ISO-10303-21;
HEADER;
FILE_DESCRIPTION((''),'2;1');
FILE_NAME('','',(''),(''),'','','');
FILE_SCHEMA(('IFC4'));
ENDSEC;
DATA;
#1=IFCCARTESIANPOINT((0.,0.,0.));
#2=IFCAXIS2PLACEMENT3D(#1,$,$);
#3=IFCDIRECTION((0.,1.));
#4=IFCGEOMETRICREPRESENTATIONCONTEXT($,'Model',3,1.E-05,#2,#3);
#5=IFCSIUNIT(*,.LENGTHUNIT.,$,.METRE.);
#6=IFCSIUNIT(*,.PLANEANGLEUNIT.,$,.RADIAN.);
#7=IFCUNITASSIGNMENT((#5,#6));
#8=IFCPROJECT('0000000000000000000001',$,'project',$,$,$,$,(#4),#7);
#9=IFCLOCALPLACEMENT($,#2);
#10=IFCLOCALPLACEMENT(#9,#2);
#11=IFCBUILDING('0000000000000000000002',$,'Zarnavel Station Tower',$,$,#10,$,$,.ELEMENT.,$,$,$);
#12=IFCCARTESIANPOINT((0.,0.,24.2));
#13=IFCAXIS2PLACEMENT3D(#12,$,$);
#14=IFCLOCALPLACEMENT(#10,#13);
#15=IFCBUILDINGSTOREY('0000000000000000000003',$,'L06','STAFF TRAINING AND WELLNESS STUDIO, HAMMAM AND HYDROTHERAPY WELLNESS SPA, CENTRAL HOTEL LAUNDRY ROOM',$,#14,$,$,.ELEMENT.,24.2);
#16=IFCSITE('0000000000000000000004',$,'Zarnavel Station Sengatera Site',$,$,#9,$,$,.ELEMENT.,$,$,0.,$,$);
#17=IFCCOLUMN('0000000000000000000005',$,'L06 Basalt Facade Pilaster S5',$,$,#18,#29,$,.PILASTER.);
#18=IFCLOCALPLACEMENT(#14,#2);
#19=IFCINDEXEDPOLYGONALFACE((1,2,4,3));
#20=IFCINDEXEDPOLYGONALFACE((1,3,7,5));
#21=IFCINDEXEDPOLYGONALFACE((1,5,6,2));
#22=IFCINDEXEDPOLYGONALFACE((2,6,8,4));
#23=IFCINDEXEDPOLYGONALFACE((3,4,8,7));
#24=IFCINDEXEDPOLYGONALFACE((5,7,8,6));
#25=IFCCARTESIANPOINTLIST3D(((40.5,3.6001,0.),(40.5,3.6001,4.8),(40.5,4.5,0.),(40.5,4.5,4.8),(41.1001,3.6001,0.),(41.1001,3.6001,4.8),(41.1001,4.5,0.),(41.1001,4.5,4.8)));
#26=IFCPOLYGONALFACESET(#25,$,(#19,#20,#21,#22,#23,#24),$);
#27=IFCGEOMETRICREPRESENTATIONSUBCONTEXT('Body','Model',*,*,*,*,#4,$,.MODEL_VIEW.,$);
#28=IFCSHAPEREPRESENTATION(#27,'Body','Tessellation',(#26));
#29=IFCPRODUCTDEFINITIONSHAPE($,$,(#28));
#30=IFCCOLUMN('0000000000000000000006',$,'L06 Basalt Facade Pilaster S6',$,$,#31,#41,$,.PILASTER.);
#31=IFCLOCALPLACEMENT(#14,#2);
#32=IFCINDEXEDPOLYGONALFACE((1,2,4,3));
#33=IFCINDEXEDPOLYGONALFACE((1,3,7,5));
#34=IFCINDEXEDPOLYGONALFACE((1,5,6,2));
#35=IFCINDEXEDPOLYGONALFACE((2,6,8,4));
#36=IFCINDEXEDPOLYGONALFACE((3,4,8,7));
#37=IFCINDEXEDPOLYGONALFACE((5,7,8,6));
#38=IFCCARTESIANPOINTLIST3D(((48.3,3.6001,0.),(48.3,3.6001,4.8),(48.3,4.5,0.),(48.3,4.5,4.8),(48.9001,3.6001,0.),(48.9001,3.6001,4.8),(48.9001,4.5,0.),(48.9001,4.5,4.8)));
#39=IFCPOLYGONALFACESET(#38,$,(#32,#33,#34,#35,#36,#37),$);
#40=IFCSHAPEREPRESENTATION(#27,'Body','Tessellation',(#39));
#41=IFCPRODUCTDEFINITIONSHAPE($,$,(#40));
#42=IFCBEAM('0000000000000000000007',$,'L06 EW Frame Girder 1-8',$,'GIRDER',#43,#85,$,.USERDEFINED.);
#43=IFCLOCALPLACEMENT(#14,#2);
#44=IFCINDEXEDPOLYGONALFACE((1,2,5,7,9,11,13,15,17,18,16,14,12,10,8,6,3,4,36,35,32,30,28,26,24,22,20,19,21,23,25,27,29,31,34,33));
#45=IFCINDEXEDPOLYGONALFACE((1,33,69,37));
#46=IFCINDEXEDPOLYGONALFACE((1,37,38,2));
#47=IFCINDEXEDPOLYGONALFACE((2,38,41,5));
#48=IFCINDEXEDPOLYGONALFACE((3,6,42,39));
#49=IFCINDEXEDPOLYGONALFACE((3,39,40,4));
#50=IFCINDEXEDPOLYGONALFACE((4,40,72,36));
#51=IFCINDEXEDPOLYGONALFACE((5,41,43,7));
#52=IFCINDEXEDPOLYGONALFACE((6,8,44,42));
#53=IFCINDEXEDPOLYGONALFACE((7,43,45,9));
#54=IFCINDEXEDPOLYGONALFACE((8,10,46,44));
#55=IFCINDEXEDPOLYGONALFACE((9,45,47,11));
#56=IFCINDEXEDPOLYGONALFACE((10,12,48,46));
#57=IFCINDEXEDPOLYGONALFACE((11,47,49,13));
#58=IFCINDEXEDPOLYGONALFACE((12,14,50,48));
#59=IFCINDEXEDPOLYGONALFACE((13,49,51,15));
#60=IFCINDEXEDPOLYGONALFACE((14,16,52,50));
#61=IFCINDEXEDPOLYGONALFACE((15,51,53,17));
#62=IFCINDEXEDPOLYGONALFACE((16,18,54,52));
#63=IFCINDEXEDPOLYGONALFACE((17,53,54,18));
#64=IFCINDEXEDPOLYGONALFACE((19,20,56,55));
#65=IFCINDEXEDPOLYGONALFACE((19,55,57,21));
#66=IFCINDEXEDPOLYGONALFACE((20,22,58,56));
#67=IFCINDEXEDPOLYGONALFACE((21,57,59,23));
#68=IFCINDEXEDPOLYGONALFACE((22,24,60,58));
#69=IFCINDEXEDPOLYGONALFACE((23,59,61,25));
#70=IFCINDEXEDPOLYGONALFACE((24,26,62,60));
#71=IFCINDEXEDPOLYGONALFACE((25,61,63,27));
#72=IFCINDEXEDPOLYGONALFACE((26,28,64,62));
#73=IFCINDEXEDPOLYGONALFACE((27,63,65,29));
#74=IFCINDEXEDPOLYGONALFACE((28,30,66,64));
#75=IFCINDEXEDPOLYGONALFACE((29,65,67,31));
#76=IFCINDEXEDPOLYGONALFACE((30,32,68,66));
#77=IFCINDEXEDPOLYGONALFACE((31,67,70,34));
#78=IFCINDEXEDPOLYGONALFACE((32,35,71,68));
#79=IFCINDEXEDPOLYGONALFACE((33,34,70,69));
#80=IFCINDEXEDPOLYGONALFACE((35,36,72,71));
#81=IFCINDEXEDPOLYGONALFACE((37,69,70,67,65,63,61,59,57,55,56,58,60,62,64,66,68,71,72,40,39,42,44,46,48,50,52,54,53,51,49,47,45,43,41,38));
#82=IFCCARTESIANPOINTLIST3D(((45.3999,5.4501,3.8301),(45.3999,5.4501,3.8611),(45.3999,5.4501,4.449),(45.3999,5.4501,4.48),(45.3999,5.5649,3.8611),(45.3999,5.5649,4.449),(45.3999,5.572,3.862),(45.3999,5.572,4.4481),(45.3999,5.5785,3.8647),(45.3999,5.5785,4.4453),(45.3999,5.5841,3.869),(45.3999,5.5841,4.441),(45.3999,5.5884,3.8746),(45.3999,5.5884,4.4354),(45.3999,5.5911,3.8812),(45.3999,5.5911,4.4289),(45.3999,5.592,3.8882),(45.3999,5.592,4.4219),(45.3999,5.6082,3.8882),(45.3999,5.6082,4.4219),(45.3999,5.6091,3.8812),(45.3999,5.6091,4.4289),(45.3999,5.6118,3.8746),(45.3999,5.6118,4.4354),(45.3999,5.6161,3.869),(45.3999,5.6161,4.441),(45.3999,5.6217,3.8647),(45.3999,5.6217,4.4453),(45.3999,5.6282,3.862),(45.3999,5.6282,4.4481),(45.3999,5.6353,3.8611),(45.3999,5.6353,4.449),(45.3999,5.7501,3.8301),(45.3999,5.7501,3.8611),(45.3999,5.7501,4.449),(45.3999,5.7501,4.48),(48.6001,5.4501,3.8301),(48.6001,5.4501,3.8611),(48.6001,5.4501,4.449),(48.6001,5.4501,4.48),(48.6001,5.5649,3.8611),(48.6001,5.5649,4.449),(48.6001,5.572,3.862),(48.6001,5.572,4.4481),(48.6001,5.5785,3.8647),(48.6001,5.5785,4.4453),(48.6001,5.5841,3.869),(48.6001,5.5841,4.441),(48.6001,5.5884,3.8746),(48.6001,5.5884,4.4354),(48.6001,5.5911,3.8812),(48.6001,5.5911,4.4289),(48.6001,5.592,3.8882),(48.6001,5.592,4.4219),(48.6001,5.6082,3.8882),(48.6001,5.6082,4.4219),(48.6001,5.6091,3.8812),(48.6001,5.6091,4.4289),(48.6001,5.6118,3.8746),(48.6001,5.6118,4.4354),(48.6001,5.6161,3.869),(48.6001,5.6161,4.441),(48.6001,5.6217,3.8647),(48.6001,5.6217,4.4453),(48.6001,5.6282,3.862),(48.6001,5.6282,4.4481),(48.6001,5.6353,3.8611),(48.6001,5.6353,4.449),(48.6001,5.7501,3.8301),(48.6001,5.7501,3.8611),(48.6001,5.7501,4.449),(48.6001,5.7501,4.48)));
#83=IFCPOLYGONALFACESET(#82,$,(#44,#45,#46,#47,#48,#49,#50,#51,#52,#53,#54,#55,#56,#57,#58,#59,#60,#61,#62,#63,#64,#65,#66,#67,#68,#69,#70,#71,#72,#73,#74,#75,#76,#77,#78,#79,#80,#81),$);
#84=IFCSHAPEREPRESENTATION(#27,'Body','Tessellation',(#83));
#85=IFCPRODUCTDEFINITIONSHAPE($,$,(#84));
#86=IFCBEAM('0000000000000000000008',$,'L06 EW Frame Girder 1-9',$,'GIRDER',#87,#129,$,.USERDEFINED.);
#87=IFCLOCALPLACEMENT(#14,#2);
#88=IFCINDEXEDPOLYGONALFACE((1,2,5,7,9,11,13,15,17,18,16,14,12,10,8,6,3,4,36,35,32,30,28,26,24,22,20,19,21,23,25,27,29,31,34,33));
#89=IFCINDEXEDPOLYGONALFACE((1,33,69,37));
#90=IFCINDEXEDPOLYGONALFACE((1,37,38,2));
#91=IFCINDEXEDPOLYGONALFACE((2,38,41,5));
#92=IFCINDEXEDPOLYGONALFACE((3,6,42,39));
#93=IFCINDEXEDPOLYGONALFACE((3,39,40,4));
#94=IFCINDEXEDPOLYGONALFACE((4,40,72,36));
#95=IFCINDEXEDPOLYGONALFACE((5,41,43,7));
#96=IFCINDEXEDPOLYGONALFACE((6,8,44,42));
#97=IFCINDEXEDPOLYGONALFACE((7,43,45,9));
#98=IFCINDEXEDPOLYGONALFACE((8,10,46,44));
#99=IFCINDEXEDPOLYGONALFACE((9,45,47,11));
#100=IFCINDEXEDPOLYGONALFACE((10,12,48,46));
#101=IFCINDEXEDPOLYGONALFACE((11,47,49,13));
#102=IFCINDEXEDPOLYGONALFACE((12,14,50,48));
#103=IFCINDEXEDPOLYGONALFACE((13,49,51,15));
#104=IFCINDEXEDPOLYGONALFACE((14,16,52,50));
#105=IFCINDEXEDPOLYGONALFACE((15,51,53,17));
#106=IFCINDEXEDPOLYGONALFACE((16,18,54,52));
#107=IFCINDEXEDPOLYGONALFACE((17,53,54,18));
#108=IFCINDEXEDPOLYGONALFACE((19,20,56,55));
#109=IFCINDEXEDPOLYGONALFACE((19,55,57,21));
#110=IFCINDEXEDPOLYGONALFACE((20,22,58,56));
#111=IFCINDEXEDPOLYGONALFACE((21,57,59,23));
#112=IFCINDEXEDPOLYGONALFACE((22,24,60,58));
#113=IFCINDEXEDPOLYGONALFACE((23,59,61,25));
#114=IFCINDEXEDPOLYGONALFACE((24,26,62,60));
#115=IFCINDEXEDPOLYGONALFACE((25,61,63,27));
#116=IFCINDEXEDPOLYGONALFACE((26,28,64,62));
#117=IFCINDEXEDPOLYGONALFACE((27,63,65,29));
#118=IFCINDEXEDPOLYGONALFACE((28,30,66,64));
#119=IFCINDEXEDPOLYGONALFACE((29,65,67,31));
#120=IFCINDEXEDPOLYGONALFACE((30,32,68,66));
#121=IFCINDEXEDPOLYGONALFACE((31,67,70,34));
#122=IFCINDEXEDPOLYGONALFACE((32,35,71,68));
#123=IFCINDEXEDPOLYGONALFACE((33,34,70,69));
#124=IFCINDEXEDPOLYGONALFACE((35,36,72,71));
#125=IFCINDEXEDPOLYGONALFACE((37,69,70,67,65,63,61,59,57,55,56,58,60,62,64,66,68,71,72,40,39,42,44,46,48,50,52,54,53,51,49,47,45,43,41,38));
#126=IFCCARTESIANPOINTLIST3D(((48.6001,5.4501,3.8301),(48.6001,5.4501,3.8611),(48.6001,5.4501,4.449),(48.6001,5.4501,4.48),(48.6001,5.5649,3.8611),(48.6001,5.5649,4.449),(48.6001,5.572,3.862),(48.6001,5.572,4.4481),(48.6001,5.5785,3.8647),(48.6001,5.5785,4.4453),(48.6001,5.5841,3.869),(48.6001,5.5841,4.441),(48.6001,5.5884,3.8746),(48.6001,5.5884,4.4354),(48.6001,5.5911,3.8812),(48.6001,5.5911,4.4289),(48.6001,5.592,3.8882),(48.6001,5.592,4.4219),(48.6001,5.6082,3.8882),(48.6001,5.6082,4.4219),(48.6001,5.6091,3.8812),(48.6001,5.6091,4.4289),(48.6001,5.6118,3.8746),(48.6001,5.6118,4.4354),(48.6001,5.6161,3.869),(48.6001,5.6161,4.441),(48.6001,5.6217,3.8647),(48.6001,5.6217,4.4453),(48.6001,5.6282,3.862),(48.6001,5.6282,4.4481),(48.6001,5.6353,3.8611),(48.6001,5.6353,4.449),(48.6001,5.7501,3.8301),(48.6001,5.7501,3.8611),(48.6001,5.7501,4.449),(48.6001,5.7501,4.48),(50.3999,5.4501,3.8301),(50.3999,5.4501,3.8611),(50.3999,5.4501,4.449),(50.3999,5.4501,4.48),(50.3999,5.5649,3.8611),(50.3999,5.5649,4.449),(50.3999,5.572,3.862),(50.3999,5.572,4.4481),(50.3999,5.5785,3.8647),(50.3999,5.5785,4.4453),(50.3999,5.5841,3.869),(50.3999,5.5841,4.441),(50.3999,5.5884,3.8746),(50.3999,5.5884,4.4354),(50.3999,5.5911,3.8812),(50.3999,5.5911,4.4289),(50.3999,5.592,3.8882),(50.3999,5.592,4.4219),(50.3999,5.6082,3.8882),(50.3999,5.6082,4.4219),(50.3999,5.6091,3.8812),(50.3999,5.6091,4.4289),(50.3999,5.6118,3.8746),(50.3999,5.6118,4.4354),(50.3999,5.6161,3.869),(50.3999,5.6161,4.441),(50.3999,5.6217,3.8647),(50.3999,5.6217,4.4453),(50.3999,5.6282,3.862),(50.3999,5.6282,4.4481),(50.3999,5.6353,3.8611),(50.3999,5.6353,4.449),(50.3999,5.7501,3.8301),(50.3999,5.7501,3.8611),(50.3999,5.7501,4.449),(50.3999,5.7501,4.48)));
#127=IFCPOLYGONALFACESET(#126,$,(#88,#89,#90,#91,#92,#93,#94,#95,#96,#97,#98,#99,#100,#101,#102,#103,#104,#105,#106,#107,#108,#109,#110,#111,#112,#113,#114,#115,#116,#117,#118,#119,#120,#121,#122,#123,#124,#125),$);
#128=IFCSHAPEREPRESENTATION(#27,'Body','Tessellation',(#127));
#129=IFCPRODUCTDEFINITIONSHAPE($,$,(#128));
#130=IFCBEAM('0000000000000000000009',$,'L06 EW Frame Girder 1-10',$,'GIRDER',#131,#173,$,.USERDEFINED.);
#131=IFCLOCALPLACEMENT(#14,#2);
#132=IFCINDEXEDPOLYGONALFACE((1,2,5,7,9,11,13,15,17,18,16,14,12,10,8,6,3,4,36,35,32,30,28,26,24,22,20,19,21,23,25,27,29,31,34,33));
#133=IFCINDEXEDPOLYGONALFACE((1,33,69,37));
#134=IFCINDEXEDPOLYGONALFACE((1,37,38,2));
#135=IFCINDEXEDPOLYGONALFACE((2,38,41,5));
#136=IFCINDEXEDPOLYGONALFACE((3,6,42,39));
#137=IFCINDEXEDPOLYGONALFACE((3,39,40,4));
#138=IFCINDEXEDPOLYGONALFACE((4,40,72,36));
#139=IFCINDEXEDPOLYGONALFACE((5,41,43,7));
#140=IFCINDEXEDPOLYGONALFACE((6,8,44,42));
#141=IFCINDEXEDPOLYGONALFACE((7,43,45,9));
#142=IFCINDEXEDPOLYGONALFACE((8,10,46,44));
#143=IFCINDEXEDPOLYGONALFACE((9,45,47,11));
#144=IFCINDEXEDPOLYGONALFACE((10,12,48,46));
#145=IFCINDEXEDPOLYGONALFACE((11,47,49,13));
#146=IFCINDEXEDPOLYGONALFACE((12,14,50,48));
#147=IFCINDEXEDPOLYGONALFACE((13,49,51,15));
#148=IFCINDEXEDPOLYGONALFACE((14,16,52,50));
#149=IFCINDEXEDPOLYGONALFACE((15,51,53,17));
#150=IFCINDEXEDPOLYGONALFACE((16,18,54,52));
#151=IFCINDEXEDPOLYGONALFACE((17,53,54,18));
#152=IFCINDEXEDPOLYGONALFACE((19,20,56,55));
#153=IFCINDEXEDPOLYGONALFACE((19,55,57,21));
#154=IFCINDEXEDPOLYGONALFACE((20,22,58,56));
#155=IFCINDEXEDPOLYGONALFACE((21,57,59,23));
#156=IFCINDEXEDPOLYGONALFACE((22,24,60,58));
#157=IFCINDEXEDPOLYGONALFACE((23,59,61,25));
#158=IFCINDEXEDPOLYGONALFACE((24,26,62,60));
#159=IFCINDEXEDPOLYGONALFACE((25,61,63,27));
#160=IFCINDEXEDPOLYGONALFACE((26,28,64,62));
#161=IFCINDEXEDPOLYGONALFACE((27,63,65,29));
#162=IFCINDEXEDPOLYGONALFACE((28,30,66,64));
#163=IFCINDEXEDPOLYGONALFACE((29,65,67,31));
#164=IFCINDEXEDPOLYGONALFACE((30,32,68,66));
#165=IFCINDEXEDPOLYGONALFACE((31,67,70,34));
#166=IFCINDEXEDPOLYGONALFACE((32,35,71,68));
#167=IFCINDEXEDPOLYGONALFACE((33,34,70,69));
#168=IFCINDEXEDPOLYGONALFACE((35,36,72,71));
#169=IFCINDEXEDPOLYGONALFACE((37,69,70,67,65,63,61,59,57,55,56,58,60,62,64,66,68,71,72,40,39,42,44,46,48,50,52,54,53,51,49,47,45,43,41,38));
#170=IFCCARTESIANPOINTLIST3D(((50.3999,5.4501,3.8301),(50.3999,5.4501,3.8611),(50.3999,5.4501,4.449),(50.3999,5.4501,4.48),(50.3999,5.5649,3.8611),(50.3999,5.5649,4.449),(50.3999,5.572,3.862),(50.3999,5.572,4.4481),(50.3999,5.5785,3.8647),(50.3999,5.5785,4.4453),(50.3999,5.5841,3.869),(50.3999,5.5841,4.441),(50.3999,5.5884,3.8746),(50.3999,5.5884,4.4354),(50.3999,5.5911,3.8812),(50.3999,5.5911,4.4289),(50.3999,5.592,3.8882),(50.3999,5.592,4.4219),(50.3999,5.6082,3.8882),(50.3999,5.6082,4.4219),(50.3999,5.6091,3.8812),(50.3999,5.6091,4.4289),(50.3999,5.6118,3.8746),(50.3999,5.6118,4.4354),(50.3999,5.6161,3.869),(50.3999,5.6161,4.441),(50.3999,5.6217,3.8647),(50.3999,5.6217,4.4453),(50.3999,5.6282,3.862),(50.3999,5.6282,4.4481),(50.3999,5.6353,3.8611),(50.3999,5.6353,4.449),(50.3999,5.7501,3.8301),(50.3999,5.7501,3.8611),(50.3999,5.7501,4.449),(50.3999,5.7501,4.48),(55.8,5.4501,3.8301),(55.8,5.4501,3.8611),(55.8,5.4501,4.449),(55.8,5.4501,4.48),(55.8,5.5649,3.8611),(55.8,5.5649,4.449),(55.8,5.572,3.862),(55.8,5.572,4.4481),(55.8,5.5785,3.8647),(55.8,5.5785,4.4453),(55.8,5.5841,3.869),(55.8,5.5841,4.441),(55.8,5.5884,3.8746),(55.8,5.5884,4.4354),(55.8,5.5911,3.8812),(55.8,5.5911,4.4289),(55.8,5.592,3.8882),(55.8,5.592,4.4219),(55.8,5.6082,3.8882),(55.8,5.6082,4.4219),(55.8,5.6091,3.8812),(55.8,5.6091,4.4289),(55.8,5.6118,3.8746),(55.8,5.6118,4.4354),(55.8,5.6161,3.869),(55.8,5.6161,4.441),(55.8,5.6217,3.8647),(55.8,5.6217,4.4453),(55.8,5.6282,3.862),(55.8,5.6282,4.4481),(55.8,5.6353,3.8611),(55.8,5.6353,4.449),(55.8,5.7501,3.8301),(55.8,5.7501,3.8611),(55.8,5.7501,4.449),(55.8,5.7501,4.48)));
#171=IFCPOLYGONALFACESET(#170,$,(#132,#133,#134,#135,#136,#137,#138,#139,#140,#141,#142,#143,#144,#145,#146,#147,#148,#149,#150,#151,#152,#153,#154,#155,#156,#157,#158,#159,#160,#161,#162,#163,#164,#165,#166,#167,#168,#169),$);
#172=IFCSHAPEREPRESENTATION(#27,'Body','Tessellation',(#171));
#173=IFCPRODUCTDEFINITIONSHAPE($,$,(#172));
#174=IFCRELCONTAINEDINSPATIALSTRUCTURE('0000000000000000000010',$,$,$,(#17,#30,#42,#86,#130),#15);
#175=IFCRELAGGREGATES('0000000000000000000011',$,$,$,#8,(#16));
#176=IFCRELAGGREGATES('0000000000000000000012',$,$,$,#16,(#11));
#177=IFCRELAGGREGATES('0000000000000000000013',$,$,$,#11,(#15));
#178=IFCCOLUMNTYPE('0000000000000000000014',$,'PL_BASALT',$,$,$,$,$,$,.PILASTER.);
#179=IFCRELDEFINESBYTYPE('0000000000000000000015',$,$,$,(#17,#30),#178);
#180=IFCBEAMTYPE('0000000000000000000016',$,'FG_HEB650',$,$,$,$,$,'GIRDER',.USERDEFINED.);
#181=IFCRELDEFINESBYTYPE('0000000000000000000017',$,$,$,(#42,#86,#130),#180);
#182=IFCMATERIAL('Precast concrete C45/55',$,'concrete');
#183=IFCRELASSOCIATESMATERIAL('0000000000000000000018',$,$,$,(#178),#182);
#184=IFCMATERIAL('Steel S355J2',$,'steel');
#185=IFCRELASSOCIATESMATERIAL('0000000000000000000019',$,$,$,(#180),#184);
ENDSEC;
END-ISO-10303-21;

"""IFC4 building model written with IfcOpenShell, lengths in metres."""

from ifc_helpers import new_model, si_unit, direction, frame, origin, origin_2d, place, context, subcontext, project, spatial, rectangle, i_section, extrude, material, material_profile, profile_set, type_object, element, save


model = new_model("IFC4")

# Units and contexts
model_context = context("Model", 3, precision=1e-05, world=origin(), true_north=direction((0.0, 1.0)))
body_context = subcontext(model_context, "Body", "Model", "MODEL_VIEW")
ifc_project = project(units=[si_unit("LENGTHUNIT", "METRE"), si_unit("PLANEANGLEUNIT", "RADIAN")], contexts=[model_context])

# Site, building, storey
site_placement = place(None, origin())
site = spatial("IfcSite", under=ifc_project, at=site_placement, Name="Zarnavel Station Sengatera Site", CompositionType="ELEMENT", RefElevation=0.0)
building_placement = place(site_placement, origin())
building = spatial("IfcBuilding", under=site, at=building_placement, Name="Zarnavel Station Tower", CompositionType="ELEMENT")
storey_placement = place(building_placement, frame((0.0, 0.0, 24.2)))
storey = spatial("IfcBuildingStorey", under=building, at=storey_placement, Name="L06", Description="STAFF TRAINING AND WELLNESS STUDIO, HAMMAM AND HYDROTHERAPY WELLNESS SPA, CENTRAL HOTEL LAUNDRY ROOM", CompositionType="ELEMENT", Elevation=24.2)

# Columns
ifc_material_1 = material(Name="Precast concrete C45/55", Category="concrete")
ifc_material_profile_1 = material_profile(ifc_material_1, rectangle(XDim=0.6001, YDim=0.8999, at=origin_2d()), Name="RC600x900")
ifc_profile_set_1 = profile_set([ifc_material_profile_1], Name="Precast concrete C45/55")
column_type_1 = type_object("IfcColumnType", Name="PL_BASALT", PredefinedType="PILASTER", material=ifc_profile_set_1)
for number, where, z_axis, x_axis, name in (
    (1, (40.8, 4.05, 0.0), (0.0, 0.0, 1.0), (1.0, 0.0, 0.0), "L06 Basalt Facade Pilaster S5"),
    (2, (48.6001, 4.05, 0.0), (0.0, 0.0, 1.0), (1.0, 0.0, 0.0), "L06 Basalt Facade Pilaster S6"),
):
    element("IfcColumn", number, at=place(storey_placement, frame(where, z_axis=z_axis, x_axis=x_axis)), inside=storey, type_object=column_type_1, Name=name, PredefinedType="PILASTER", context=body_context, shape_type="SweptSolid", body=[
        extrude(rectangle(XDim=0.6001, YDim=0.8999, at=origin_2d()), origin(), (0.0, 0.0, 1.0), 4.8),
    ])

# Beams
ifc_material_2 = material(Name="Steel S355J2", Category="steel")
ifc_material_profile_2 = material_profile(ifc_material_2, i_section(OverallWidth=0.3, OverallDepth=0.6499, WebThickness=0.0161, FlangeThickness=0.031, FilletRadius=0.0271, at=origin_2d()), Name="HEB650")
ifc_profile_set_2 = profile_set([ifc_material_profile_2], Name="Steel S355J2")
beam_type_1 = type_object("IfcBeamType", Name="FG_HEB650", ElementType="GIRDER", PredefinedType="USERDEFINED", material=ifc_profile_set_2)
beam_1_placement = place(storey_placement, frame((45.3999, 5.6001, 4.155), z_axis=(1.0, 0.0, 0.0), x_axis=(0.0, 1.0, 0.0)))
element("IfcBeam", 3, at=beam_1_placement, inside=storey, type_object=beam_type_1, Name="L06 EW Frame Girder 1-8", ObjectType="GIRDER", PredefinedType="USERDEFINED", context=body_context, shape_type="SweptSolid", body=[
    extrude(i_section(OverallWidth=0.3, OverallDepth=0.6499, WebThickness=0.0161, FlangeThickness=0.031, FilletRadius=0.0271, at=origin_2d()), origin(), (0.0, 0.0, 1.0), 3.2002),
])
beam_2_placement = place(storey_placement, frame((48.6001, 5.6001, 4.155), z_axis=(1.0, 0.0, 0.0), x_axis=(0.0, 1.0, 0.0)))
element("IfcBeam", 4, at=beam_2_placement, inside=storey, type_object=beam_type_1, Name="L06 EW Frame Girder 1-9", ObjectType="GIRDER", PredefinedType="USERDEFINED", context=body_context, shape_type="SweptSolid", body=[
    extrude(i_section(OverallWidth=0.3, OverallDepth=0.6499, WebThickness=0.0161, FlangeThickness=0.031, FilletRadius=0.0271, at=origin_2d()), origin(), (0.0, 0.0, 1.0), 1.7998),
])
beam_3_placement = place(storey_placement, frame((50.3999, 5.6001, 4.155), z_axis=(1.0, 0.0, 0.0), x_axis=(0.0, 1.0, 0.0)))
element("IfcBeam", 5, at=beam_3_placement, inside=storey, type_object=beam_type_1, Name="L06 EW Frame Girder 1-10", ObjectType="GIRDER", PredefinedType="USERDEFINED", context=body_context, shape_type="SweptSolid", body=[
    extrude(i_section(OverallWidth=0.3, OverallDepth=0.6499, WebThickness=0.0161, FlangeThickness=0.031, FilletRadius=0.0271, at=origin_2d()), origin(), (0.0, 0.0, 1.0), 5.4001),
])

save(model, "model.ifc")
